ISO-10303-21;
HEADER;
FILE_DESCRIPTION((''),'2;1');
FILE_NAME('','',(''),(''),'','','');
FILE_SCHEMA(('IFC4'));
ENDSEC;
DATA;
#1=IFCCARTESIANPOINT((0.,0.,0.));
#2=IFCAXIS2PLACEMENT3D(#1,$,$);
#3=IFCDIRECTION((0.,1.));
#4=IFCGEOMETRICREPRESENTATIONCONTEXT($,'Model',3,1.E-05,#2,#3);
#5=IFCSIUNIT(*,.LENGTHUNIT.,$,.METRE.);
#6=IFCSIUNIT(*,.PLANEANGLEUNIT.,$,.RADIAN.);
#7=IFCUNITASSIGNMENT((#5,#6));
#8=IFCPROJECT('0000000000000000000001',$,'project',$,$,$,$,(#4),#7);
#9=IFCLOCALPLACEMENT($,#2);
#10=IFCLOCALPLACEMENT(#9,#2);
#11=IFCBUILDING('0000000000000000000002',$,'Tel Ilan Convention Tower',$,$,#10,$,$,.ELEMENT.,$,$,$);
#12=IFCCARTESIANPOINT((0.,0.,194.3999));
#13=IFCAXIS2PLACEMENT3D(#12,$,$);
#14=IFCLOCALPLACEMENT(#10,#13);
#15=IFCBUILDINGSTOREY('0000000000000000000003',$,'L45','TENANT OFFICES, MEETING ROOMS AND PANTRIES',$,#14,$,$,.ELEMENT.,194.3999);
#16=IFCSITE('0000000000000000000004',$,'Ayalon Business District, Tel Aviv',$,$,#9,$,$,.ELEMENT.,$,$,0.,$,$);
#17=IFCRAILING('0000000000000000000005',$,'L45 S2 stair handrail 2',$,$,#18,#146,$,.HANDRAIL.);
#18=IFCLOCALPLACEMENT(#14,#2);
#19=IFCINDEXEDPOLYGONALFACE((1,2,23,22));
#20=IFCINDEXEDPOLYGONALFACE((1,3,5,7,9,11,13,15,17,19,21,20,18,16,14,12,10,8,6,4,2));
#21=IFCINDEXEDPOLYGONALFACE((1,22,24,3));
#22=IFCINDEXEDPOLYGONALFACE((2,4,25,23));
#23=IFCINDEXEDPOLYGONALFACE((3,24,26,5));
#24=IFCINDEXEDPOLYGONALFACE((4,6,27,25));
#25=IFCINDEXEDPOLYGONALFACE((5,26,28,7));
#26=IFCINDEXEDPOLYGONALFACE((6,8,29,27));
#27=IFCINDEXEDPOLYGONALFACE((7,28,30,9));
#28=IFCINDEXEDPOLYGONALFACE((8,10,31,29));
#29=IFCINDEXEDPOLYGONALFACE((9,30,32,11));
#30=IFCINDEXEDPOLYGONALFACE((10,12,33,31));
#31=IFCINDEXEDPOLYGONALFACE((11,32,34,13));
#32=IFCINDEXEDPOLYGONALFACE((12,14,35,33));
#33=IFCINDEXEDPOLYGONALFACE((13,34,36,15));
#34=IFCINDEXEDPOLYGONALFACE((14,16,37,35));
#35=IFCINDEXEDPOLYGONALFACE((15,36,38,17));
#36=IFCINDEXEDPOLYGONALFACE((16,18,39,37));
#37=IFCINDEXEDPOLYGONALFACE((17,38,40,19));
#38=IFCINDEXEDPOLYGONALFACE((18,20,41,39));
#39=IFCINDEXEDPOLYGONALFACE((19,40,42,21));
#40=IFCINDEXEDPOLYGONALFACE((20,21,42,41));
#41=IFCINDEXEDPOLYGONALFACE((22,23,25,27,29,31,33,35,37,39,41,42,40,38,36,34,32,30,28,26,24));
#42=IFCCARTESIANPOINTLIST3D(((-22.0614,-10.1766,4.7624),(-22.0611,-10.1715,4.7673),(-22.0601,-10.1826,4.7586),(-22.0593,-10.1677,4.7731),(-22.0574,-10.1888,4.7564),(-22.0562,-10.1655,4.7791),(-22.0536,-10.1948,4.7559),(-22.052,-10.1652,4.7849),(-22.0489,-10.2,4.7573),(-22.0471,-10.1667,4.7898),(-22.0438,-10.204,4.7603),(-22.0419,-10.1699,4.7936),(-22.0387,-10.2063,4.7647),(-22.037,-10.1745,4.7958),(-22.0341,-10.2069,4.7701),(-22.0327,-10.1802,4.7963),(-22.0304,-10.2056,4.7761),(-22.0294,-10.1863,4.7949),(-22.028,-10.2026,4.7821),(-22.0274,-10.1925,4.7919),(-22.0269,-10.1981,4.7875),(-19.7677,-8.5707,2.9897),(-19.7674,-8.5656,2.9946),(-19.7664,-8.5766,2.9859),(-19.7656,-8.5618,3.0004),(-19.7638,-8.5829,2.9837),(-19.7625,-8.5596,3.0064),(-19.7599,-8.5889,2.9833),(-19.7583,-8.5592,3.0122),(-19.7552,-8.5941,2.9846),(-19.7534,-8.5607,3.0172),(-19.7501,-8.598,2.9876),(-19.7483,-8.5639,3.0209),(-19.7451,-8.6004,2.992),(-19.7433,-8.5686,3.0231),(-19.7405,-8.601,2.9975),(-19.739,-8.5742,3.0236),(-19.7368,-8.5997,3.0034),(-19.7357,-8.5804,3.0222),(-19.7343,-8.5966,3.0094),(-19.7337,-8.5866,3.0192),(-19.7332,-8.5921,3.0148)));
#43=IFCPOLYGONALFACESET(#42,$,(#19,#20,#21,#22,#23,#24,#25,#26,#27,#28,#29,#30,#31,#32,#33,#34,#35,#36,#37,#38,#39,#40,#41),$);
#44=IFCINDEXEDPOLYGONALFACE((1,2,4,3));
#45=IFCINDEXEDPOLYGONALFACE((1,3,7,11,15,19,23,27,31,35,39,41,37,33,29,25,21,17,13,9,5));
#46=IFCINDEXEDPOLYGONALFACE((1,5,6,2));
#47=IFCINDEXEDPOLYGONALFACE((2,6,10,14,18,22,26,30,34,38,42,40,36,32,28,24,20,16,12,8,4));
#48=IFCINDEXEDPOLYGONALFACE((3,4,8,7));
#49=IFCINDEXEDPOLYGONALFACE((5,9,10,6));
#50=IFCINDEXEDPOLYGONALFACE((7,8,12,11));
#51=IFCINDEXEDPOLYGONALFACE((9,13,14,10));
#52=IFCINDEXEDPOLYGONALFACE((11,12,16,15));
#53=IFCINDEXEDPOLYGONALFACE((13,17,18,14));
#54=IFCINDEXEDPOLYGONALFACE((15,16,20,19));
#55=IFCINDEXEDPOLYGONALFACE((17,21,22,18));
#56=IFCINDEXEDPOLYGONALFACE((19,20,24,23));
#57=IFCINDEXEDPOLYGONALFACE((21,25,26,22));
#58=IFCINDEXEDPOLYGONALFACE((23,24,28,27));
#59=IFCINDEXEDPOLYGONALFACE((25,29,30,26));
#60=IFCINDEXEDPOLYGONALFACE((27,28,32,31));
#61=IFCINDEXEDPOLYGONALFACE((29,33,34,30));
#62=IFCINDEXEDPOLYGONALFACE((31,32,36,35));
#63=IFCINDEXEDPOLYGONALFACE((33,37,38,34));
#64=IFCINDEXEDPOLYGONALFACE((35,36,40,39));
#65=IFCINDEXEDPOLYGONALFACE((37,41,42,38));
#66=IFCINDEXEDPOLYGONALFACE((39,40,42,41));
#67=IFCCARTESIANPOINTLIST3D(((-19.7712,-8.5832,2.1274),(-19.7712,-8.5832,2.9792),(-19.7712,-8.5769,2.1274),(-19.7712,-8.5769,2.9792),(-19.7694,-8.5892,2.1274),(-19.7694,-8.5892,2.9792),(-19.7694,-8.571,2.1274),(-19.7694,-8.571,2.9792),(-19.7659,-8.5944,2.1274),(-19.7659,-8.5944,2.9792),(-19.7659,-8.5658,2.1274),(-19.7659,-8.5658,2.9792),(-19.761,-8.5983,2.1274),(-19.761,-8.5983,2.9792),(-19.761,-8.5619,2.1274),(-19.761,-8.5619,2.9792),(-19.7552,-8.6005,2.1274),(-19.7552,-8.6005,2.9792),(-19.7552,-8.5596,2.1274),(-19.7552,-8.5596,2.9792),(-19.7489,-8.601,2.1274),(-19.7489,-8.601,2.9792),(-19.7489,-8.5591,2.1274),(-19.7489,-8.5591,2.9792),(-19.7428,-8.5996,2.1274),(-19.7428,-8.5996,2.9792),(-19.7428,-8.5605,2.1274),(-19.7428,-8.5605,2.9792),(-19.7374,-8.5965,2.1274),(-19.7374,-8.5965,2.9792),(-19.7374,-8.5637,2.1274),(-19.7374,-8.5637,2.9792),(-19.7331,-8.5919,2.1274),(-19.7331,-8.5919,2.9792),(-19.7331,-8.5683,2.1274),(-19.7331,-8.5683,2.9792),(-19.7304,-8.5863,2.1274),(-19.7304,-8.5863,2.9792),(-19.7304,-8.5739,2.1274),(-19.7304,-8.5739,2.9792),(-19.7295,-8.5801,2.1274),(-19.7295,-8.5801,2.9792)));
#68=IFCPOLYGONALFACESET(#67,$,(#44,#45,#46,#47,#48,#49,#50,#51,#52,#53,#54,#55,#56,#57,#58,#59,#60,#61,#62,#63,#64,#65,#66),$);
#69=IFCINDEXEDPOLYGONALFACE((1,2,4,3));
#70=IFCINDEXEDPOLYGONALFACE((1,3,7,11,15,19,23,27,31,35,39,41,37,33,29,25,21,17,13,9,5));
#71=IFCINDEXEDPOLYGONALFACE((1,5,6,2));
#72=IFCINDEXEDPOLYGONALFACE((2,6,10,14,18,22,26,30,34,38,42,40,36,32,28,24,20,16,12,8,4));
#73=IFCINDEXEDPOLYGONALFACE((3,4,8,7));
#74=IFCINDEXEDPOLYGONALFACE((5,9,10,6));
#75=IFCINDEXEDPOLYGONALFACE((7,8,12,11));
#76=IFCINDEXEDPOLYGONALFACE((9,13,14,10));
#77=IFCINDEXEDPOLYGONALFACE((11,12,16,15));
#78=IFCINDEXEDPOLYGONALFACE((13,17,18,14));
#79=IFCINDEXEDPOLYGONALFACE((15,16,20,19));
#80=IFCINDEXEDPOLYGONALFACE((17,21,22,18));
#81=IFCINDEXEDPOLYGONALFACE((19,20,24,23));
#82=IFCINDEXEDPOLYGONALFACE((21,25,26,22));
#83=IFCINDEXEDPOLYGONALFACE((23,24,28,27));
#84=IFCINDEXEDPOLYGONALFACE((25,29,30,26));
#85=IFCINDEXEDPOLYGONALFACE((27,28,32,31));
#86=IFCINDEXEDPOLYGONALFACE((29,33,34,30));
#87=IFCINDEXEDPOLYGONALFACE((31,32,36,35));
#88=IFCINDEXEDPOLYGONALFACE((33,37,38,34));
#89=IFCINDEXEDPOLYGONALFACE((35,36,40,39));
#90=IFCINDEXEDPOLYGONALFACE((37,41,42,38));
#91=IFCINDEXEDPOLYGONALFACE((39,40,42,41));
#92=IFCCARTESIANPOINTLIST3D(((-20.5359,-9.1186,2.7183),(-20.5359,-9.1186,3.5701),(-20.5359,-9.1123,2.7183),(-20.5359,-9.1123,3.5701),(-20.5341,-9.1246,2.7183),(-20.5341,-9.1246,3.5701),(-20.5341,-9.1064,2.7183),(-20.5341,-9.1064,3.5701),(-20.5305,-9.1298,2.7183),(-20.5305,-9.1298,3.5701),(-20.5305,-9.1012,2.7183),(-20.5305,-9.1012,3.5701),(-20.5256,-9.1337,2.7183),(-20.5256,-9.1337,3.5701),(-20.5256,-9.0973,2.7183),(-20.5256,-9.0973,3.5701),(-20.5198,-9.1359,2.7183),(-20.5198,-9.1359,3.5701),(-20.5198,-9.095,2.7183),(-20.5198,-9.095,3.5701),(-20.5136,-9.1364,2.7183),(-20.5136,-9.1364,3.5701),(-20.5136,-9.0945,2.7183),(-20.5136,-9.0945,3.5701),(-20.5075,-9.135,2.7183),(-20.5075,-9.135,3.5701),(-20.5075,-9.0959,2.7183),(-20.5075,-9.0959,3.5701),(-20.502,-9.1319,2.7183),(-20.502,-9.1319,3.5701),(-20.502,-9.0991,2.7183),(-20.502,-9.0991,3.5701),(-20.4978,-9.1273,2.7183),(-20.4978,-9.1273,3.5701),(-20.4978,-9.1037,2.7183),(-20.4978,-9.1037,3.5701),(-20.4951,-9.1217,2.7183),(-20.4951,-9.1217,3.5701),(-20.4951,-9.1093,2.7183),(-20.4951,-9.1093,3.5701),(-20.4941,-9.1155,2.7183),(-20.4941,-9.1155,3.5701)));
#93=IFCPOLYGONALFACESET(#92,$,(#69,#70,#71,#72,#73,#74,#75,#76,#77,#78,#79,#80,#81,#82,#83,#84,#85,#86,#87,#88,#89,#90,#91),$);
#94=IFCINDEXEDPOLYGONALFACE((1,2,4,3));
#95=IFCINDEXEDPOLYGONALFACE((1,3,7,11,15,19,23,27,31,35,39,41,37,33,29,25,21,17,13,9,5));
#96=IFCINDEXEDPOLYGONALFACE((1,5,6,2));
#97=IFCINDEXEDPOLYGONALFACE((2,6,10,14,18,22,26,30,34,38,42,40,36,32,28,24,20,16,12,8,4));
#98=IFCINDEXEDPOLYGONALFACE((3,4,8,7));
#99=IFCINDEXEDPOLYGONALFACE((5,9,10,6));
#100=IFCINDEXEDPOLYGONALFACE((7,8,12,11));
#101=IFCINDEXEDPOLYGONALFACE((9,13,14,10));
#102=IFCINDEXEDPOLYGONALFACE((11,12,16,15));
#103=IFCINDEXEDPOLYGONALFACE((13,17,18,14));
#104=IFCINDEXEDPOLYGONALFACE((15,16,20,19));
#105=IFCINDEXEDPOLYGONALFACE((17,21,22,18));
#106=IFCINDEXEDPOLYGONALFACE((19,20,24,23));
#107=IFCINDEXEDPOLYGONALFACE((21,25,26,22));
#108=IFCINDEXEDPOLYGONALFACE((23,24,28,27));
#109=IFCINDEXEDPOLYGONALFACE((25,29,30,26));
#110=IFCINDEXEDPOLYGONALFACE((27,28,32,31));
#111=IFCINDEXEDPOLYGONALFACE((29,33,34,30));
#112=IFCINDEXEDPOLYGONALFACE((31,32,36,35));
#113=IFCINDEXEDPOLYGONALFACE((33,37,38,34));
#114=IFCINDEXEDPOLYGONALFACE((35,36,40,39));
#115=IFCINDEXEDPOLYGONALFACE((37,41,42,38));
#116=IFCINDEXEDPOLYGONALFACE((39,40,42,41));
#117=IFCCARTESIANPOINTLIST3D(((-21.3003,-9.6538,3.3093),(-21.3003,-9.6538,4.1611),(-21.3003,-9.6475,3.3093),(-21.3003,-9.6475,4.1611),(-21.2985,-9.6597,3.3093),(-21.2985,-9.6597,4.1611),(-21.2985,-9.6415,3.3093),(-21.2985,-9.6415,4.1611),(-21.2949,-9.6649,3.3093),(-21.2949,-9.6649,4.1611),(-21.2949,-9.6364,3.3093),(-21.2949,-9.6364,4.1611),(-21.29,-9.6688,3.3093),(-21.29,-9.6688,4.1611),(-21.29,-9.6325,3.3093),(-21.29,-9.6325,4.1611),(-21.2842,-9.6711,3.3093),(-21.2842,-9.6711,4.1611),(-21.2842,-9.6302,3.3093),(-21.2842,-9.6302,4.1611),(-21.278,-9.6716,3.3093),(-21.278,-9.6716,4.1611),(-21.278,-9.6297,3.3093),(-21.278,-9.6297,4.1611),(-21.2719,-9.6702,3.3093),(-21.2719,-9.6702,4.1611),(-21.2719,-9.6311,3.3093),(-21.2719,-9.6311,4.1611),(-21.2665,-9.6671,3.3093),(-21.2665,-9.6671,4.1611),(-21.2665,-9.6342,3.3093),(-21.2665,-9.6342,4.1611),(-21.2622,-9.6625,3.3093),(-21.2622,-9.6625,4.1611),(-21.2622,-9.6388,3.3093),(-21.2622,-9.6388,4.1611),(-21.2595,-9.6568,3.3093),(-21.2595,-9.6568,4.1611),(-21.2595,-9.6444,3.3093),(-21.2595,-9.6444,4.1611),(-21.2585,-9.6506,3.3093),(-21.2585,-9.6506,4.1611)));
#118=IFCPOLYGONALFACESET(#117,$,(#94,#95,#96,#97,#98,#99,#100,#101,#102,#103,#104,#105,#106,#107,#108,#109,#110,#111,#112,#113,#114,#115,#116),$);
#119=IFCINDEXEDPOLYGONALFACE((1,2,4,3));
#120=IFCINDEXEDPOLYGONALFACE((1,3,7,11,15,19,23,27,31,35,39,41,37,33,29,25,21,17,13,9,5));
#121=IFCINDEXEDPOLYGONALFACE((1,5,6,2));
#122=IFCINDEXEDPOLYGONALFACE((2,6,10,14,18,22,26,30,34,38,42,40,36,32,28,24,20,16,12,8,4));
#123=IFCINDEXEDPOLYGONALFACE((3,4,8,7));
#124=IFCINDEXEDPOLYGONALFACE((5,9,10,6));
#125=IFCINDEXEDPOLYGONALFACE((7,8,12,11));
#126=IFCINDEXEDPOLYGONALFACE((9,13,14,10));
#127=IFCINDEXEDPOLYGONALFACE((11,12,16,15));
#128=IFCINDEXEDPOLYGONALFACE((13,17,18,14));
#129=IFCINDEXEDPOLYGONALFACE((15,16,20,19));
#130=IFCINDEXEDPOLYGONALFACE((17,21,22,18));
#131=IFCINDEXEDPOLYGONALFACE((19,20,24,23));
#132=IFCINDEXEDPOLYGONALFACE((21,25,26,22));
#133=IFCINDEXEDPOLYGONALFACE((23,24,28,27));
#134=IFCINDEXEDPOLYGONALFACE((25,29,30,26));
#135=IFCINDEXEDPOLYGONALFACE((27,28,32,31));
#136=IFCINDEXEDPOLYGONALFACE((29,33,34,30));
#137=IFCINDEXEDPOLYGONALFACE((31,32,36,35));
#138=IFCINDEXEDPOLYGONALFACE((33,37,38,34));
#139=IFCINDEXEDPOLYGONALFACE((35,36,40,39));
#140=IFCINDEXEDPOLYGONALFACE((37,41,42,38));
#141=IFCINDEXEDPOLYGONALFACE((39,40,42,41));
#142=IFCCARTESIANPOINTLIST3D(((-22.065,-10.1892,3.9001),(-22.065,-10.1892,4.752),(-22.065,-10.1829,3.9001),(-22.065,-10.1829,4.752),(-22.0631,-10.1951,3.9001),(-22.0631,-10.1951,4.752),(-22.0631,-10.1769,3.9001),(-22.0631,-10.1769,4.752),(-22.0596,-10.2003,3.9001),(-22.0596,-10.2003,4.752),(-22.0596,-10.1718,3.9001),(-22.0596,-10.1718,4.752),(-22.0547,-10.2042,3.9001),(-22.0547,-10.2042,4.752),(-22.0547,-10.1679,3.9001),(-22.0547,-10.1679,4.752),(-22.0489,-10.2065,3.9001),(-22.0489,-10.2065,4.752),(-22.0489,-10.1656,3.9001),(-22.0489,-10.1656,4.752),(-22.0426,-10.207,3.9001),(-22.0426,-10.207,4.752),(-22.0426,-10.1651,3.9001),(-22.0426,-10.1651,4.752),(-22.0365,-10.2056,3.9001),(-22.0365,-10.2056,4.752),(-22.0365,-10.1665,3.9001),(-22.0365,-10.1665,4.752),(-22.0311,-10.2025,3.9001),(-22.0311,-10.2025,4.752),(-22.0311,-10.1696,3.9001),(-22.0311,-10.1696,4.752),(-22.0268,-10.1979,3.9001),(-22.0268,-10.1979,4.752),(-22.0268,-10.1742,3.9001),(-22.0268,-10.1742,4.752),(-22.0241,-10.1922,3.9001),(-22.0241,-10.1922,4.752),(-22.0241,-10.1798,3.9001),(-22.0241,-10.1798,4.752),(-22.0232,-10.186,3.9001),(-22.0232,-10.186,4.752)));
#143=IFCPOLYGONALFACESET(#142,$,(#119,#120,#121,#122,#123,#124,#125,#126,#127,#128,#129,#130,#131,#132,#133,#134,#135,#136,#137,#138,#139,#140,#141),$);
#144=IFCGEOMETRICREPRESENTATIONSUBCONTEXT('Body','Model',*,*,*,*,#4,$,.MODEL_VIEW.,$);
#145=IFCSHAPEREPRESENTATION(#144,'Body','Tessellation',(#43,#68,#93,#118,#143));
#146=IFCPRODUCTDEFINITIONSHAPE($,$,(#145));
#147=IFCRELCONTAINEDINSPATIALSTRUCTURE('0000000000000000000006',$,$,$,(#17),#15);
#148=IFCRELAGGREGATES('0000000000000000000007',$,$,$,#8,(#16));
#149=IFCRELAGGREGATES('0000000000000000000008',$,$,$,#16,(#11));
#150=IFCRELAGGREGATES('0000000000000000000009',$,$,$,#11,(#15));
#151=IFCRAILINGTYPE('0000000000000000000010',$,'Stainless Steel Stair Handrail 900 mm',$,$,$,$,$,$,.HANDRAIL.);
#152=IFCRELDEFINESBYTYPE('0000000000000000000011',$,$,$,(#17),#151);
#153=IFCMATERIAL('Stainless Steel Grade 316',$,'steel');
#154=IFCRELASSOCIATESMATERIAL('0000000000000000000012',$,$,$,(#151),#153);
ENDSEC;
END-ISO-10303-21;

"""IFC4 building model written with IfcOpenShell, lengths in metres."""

from ifc_helpers import new_model, si_unit, direction, frame, origin, origin_2d, place, context, subcontext, project, spatial, circle, extrude, material, type_object, element, save


model = new_model("IFC4")

# Units and contexts
model_context = context("Model", 3, precision=1e-05, world=origin(), true_north=direction((0.0, 1.0)))
body_context = subcontext(model_context, "Body", "Model", "MODEL_VIEW")
ifc_project = project(units=[si_unit("LENGTHUNIT", "METRE"), si_unit("PLANEANGLEUNIT", "RADIAN")], contexts=[model_context])

# Site, building, storey
site_placement = place(None, origin())
site = spatial("IfcSite", under=ifc_project, at=site_placement, Name="Ayalon Business District, Tel Aviv", CompositionType="ELEMENT", RefElevation=0.0)
building_placement = place(site_placement, origin())
building = spatial("IfcBuilding", under=site, at=building_placement, Name="Tel Ilan Convention Tower", CompositionType="ELEMENT")
storey_placement = place(building_placement, frame((0.0, 0.0, 194.3999)))
storey = spatial("IfcBuildingStorey", under=building, at=storey_placement, Name="L45", Description="TENANT OFFICES, MEETING ROOMS AND PANTRIES", CompositionType="ELEMENT", Elevation=194.3999)

# Railing
ifc_material_1 = material(Name="Stainless Steel Grade 316", Category="steel")
railing_type_1 = type_object("IfcRailingType", Name="Stainless Steel Stair Handrail 900 mm", PredefinedType="HANDRAIL", material=ifc_material_1)
railing_1_placement = place(storey_placement, frame((-19.7505, -8.5801, 2.1274)))
element("IfcRailing", 1, at=railing_1_placement, inside=storey, type_object=railing_type_1, Name="L45 S2 stair handrail 2", PredefinedType="HANDRAIL", context=body_context, shape_type="SweptSolid", body=[
    extrude(circle(Radius=0.0239, at=origin_2d()), frame((0.0, 0.0, 0.876), z_axis=(-0.692123, -0.484597, 0.534913), x_axis=(0.57355, -0.81917, 0.0)), (0.0, 0.0, 1.0), 3.314),
    extrude(circle(Radius=0.021, at=origin_2d()), origin(), (0.0, 0.0, 1.0), 0.8518),
    extrude(circle(Radius=0.021, at=origin_2d()), frame((-0.7646, -0.5354, 0.5908)), (0.0, 0.0, 1.0), 0.8518),
    extrude(circle(Radius=0.021, at=origin_2d()), frame((-1.5291, -1.0706, 1.1819)), (0.0, 0.0, 1.0), 0.8518),
    extrude(circle(Radius=0.021, at=origin_2d()), frame((-2.2937, -1.606, 1.7727)), (0.0, 0.0, 1.0), 0.8518),
])

save(model, "model.ifc")
